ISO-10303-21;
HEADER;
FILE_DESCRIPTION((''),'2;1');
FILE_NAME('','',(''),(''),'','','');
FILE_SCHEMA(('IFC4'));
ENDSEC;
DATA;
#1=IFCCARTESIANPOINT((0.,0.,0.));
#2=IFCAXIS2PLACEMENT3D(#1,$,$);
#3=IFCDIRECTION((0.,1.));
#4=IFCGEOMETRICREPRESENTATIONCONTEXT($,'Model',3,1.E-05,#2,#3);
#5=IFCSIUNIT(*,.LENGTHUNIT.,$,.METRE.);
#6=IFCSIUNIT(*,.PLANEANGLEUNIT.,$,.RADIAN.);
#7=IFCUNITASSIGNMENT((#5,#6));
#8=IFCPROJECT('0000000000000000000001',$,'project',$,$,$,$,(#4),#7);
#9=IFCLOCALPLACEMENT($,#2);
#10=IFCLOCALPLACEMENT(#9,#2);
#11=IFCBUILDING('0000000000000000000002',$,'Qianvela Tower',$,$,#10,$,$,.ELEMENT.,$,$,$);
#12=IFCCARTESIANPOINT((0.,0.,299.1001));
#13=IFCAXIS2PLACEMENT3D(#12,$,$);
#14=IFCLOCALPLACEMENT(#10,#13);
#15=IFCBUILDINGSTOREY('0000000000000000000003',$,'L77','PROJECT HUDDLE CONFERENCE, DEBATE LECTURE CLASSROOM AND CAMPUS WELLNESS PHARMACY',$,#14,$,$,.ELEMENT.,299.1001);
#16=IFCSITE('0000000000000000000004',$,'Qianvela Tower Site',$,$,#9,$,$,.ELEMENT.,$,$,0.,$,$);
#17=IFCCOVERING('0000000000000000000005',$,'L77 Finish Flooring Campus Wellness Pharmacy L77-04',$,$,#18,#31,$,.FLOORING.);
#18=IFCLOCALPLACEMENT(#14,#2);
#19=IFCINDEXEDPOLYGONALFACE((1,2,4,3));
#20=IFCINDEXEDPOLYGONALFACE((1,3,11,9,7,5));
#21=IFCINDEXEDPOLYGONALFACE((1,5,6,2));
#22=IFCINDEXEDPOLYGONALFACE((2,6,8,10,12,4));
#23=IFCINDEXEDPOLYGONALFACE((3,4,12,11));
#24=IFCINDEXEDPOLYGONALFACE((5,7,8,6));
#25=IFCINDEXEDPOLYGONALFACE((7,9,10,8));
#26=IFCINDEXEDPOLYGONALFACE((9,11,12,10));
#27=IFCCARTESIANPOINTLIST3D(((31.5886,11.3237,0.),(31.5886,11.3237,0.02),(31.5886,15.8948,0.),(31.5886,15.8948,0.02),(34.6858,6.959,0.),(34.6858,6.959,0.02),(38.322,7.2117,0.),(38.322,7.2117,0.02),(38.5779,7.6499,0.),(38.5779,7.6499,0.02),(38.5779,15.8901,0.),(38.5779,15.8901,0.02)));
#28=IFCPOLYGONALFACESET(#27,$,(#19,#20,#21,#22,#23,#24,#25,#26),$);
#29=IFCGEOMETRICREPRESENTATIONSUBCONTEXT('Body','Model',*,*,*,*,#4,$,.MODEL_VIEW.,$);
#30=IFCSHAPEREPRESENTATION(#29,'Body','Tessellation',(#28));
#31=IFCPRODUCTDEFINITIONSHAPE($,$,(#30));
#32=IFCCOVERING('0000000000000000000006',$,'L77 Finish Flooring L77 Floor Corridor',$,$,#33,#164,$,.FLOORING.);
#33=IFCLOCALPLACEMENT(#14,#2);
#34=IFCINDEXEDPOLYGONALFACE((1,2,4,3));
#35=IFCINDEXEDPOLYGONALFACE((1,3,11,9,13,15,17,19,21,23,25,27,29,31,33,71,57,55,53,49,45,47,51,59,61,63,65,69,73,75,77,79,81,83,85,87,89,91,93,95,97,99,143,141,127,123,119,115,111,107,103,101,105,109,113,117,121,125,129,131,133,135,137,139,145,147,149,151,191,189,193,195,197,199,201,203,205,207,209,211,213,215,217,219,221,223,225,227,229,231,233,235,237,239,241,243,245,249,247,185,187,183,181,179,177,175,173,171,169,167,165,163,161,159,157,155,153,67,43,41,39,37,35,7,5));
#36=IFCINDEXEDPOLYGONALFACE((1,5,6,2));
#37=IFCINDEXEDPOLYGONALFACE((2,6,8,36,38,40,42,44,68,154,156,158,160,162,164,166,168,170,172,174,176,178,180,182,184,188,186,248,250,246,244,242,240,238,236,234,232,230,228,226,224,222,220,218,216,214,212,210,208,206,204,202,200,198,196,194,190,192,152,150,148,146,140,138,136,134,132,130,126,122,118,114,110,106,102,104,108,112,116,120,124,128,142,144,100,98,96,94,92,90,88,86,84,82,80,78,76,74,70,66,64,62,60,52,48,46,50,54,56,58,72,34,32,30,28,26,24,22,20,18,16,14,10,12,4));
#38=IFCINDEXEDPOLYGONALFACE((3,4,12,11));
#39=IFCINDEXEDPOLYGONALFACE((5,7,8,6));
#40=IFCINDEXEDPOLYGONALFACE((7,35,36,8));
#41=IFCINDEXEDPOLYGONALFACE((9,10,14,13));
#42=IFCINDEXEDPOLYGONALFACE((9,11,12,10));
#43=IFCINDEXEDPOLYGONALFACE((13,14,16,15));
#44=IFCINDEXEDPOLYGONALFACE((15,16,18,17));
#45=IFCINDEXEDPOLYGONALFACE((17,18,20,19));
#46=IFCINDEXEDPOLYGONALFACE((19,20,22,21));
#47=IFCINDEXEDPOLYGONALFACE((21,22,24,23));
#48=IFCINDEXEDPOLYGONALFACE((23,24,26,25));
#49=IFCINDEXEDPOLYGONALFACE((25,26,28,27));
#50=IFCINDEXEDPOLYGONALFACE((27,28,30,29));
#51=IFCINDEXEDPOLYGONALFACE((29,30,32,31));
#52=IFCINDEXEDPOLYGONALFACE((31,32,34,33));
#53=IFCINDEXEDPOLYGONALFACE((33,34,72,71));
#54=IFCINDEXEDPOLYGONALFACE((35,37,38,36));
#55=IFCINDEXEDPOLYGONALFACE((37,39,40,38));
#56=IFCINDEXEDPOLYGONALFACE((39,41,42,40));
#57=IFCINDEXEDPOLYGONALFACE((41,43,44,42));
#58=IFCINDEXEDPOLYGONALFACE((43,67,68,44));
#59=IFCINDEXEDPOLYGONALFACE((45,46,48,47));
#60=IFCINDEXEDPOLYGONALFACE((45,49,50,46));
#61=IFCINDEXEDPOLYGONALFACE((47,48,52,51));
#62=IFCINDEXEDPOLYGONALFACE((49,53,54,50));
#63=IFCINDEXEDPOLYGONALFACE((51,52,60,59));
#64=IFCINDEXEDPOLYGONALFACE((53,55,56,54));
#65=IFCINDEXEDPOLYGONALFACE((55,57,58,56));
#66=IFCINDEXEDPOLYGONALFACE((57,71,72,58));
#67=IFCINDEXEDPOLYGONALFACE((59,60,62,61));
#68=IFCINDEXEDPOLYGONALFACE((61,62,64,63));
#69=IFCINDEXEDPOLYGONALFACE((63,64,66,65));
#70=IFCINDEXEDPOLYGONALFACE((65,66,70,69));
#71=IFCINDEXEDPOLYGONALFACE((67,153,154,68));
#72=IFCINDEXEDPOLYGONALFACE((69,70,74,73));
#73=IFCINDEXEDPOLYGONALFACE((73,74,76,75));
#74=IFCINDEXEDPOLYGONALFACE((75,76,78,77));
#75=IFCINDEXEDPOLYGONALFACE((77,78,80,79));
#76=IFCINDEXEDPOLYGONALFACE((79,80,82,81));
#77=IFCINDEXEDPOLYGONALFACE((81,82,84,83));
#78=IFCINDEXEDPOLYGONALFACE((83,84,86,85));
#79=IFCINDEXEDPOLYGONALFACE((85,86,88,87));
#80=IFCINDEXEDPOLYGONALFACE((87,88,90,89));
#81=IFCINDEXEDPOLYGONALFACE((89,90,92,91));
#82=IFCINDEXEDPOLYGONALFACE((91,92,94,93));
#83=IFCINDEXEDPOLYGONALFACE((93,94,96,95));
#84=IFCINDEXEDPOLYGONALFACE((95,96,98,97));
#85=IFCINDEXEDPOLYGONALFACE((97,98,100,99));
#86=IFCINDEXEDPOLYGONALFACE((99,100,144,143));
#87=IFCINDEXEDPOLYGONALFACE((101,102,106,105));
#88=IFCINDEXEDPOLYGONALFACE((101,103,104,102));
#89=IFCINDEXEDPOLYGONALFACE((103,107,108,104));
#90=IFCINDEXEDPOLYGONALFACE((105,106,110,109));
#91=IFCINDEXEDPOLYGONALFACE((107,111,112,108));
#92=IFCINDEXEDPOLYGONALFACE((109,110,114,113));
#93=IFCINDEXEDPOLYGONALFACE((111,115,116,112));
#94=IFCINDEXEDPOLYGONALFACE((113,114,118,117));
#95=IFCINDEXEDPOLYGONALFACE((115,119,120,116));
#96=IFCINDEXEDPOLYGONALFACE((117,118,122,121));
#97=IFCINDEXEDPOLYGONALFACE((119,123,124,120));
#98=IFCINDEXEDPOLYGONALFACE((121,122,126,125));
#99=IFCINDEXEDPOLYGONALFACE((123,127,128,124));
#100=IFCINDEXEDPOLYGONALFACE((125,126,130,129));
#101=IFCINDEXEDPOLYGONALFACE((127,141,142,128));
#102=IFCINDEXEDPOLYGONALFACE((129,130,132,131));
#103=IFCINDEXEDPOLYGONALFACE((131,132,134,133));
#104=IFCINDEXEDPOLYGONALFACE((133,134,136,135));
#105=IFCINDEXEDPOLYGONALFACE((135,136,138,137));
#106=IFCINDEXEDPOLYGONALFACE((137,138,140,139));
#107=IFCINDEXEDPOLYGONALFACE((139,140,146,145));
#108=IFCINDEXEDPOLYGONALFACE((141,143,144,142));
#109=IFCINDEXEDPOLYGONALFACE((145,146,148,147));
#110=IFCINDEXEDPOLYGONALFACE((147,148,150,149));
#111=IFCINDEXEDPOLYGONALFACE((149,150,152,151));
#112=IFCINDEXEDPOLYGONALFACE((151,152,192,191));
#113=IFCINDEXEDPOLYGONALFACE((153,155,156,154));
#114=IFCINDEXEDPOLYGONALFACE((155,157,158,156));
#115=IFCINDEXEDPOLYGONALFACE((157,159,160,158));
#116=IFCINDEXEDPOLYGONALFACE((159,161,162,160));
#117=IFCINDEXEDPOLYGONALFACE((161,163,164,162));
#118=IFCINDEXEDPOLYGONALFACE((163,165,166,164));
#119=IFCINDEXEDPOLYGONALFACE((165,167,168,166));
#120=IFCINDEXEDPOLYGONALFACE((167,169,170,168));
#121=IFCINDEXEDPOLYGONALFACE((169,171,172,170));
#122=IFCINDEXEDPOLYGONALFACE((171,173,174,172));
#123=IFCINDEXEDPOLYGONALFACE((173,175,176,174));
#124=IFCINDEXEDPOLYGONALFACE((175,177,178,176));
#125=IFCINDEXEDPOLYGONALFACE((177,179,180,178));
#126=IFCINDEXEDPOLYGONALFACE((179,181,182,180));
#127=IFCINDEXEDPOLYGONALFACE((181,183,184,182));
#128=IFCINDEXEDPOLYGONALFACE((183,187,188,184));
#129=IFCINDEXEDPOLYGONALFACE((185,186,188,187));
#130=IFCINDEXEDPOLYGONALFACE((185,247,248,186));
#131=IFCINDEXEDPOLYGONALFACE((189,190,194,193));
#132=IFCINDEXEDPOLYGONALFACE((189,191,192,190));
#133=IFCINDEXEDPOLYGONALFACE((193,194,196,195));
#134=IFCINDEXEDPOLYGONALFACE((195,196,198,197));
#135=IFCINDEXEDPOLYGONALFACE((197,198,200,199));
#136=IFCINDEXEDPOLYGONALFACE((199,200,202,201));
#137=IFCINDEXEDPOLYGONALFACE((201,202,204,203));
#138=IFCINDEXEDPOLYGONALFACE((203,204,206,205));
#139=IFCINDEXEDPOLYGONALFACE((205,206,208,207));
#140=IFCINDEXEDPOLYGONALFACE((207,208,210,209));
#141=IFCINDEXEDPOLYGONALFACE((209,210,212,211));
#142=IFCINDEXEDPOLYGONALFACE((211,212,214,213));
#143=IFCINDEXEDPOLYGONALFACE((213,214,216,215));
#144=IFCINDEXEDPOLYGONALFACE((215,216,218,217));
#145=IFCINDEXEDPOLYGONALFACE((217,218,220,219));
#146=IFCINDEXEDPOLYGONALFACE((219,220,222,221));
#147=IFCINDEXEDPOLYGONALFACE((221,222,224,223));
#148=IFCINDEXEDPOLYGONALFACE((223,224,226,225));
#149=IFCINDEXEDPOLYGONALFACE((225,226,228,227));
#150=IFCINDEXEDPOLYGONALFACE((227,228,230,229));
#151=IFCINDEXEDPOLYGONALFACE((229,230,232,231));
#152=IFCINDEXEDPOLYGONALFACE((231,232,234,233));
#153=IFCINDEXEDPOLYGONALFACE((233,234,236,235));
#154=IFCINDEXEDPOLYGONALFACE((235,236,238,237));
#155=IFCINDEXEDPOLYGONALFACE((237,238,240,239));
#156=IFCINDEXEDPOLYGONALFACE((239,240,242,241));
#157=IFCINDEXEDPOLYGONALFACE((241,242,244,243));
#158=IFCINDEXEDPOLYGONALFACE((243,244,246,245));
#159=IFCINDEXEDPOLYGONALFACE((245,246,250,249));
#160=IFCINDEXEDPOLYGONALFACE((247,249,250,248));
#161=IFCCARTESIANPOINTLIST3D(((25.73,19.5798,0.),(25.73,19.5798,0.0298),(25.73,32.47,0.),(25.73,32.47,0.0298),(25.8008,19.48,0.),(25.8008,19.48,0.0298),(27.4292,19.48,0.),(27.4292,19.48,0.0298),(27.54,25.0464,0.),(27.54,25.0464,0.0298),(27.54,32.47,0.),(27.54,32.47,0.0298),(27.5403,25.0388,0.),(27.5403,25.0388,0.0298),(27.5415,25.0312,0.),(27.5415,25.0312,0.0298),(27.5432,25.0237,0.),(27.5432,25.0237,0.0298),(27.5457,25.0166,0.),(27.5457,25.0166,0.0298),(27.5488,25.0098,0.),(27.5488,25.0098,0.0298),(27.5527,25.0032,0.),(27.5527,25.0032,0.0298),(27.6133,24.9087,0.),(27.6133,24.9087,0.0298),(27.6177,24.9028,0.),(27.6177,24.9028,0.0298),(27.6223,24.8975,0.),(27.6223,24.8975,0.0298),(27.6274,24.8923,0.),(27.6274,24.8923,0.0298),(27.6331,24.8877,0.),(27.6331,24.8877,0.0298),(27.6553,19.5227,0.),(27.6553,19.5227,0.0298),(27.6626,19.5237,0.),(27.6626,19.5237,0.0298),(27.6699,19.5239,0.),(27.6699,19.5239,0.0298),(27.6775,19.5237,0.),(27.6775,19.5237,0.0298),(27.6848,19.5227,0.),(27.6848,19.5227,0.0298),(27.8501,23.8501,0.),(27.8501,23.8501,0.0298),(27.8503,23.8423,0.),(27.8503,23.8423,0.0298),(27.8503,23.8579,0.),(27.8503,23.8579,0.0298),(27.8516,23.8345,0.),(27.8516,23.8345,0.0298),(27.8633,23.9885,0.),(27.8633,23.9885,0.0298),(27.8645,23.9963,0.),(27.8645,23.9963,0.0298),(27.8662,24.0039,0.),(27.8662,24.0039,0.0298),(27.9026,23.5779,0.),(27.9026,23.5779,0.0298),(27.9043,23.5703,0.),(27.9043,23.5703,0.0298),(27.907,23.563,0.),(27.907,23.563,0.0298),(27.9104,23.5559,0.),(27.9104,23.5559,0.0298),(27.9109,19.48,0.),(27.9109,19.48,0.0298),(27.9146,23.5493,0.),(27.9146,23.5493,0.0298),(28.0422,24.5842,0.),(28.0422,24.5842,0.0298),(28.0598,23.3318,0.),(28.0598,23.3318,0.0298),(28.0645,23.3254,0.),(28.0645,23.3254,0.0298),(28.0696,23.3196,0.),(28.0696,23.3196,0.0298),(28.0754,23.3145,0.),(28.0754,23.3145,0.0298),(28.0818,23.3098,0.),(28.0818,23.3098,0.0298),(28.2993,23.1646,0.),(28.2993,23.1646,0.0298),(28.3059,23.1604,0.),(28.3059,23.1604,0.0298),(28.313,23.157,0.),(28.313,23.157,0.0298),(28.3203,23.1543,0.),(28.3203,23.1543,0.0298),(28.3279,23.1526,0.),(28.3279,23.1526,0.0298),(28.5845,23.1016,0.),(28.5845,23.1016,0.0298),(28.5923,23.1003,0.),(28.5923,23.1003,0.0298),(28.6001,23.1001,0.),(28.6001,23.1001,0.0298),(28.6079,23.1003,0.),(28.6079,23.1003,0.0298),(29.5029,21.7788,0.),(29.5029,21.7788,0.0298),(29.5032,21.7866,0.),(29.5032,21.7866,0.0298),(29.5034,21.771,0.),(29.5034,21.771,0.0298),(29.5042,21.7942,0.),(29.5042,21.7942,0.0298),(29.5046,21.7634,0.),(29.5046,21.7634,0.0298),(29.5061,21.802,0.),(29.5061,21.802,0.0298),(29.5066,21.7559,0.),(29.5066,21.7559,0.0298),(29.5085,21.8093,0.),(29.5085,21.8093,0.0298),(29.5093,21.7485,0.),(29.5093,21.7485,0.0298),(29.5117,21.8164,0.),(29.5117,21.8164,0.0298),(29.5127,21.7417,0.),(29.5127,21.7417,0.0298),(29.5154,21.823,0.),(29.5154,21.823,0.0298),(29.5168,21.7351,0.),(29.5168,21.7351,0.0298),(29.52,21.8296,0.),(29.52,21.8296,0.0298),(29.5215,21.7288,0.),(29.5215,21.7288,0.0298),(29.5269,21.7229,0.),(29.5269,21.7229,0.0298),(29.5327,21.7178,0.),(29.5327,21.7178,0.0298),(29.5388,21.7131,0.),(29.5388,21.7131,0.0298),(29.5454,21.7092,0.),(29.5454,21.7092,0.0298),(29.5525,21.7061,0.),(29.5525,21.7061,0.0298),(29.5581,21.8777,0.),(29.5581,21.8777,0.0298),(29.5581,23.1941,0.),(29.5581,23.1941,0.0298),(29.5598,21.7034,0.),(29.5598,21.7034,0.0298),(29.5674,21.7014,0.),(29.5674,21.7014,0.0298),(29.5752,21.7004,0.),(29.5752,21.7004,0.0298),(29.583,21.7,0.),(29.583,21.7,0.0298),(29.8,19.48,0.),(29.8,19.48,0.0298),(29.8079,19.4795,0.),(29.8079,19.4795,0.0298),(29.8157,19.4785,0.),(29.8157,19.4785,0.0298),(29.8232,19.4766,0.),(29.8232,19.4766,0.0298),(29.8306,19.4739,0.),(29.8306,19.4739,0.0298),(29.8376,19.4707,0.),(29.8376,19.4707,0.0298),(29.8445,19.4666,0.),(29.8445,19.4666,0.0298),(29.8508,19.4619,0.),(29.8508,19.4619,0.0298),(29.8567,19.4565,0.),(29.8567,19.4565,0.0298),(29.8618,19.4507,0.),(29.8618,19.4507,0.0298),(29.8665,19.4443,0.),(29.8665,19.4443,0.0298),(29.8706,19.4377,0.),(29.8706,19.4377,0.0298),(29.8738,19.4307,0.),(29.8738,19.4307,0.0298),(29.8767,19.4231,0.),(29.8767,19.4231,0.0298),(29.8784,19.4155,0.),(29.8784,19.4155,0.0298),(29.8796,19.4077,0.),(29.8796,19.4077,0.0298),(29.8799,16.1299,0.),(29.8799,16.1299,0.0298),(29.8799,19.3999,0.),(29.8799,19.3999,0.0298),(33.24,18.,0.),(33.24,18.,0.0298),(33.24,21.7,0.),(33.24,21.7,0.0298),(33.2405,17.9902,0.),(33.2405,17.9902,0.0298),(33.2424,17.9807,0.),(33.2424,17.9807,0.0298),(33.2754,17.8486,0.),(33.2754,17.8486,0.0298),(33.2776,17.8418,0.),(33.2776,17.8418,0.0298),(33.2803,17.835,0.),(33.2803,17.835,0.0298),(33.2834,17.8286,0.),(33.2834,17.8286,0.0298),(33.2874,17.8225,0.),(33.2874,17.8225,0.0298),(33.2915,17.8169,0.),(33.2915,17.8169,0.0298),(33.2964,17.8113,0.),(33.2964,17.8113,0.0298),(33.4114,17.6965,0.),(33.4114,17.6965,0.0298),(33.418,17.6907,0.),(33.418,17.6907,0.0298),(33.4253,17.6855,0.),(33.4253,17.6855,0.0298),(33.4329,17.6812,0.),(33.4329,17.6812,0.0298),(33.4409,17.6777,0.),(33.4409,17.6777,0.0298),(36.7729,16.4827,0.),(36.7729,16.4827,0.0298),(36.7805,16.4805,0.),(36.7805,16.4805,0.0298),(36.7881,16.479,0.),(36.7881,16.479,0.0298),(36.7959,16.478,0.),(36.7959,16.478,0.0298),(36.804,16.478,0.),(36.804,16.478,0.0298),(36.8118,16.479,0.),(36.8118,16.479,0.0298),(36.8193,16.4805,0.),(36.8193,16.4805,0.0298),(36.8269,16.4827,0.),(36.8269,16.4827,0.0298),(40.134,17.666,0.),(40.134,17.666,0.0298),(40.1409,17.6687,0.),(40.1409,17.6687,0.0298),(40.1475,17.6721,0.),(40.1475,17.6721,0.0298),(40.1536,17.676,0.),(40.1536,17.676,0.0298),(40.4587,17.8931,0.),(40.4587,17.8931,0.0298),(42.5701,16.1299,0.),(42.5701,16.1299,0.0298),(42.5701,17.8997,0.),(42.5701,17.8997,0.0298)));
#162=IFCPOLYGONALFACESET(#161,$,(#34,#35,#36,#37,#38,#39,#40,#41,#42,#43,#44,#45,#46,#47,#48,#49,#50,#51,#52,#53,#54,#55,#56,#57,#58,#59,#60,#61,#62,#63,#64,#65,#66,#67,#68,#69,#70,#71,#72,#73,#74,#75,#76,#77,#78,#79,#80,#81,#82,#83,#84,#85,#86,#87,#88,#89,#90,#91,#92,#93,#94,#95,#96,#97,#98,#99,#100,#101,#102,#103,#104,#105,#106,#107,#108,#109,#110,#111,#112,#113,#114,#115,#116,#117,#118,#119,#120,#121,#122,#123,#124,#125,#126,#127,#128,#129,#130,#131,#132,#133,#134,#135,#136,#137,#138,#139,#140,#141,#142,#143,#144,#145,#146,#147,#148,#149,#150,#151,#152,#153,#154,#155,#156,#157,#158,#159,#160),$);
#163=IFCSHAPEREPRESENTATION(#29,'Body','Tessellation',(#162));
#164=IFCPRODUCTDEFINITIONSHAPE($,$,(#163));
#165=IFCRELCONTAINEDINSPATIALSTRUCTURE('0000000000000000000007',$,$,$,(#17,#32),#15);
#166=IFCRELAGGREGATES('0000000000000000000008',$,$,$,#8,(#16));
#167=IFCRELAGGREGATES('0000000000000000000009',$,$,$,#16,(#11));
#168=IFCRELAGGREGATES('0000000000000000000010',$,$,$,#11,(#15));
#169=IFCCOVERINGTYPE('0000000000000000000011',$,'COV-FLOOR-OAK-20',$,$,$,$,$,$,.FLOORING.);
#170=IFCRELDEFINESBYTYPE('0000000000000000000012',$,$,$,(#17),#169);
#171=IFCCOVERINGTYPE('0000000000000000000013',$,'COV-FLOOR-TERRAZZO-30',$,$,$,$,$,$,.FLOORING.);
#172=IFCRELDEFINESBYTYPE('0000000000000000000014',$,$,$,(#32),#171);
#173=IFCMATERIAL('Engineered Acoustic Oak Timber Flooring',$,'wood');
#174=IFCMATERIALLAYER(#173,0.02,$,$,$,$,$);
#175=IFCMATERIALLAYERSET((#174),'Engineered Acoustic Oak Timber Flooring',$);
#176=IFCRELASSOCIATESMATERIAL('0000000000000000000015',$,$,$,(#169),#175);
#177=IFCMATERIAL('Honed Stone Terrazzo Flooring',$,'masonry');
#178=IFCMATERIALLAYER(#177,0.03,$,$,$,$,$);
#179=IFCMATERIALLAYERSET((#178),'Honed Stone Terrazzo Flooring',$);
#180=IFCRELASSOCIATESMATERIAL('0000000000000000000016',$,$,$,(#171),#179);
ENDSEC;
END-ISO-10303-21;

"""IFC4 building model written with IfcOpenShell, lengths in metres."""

from ifc_helpers import new_model, si_unit, direction, frame, origin, place, context, subcontext, project, spatial, polyline, outline, extrude, material, layer, layer_set, type_object, element, save


model = new_model("IFC4")

# Units and contexts
model_context = context("Model", 3, precision=1e-05, world=origin(), true_north=direction((0.0, 1.0)))
body_context = subcontext(model_context, "Body", "Model", "MODEL_VIEW")
ifc_project = project(units=[si_unit("LENGTHUNIT", "METRE"), si_unit("PLANEANGLEUNIT", "RADIAN")], contexts=[model_context])

# Site, building, storey
site_placement = place(None, origin())
site = spatial("IfcSite", under=ifc_project, at=site_placement, Name="Qianvela Tower Site", CompositionType="ELEMENT", RefElevation=0.0)
building_placement = place(site_placement, origin())
building = spatial("IfcBuilding", under=site, at=building_placement, Name="Qianvela Tower", CompositionType="ELEMENT")
storey_placement = place(building_placement, frame((0.0, 0.0, 299.1001)))
storey = spatial("IfcBuildingStorey", under=building, at=storey_placement, Name="L77", Description="PROJECT HUDDLE CONFERENCE, DEBATE LECTURE CLASSROOM AND CAMPUS WELLNESS PHARMACY", CompositionType="ELEMENT", Elevation=299.1001)

# Coverings
ifc_material_1 = material(Name="Engineered Acoustic Oak Timber Flooring", Category="wood")
ifc_layer_1 = layer(ifc_material_1, 0.02)
ifc_layer_set_1 = layer_set([ifc_layer_1], Name="Engineered Acoustic Oak Timber Flooring")
covering_type_1 = type_object("IfcCoveringType", Name="COV-FLOOR-OAK-20", PredefinedType="FLOORING", material=ifc_layer_set_1)
covering_1_placement = place(storey_placement, origin())
element("IfcCovering", 1, at=covering_1_placement, inside=storey, type_object=covering_type_1, Name="L77 Finish Flooring Campus Wellness Pharmacy L77-04", PredefinedType="FLOORING", context=body_context, shape_type="SweptSolid", body=[
    extrude(outline(polyline([(38.5779, 7.6499), (38.322, 7.2117), (34.6858, 6.959), (31.5886, 11.3237), (31.5886, 15.8948), (38.5779, 15.8901), (38.5779, 7.6499)])), origin(), (0.0, 0.0, 1.0), 0.02),
])
ifc_material_2 = material(Name="Honed Stone Terrazzo Flooring", Category="masonry")
ifc_layer_2 = layer(ifc_material_2, 0.03)
ifc_layer_set_2 = layer_set([ifc_layer_2], Name="Honed Stone Terrazzo Flooring")
covering_type_2 = type_object("IfcCoveringType", Name="COV-FLOOR-TERRAZZO-30", PredefinedType="FLOORING", material=ifc_layer_set_2)
covering_2_placement = place(storey_placement, origin())
element("IfcCovering", 2, at=covering_2_placement, inside=storey, type_object=covering_type_2, Name="L77 Finish Flooring L77 Floor Corridor", PredefinedType="FLOORING", context=body_context, shape_type="SweptSolid", body=[
    extrude(outline(polyline([(25.73, 32.47), (27.54, 32.47), (27.54, 25.0464), (27.5403, 25.0388), (27.5415, 25.0312), (27.5432, 25.0237), (27.5457, 25.0166), (27.5488, 25.0098), (27.5527, 25.0032), (27.6133, 24.9087), (27.6177, 24.9028), (27.6223, 24.8975), (27.6274, 24.8923), (27.6331, 24.8877), (28.0422, 24.5842), (27.8662, 24.0039), (27.8645, 23.9963), (27.8633, 23.9885), (27.8503, 23.8579), (27.8501, 23.8501), (27.8503, 23.8423), (27.8516, 23.8345), (27.9026, 23.5779), (27.9043, 23.5703), (27.907, 23.563), (27.9104, 23.5559), (27.9146, 23.5493), (28.0598, 23.3318), (28.0645, 23.3254), (28.0696, 23.3196), (28.0754, 23.3145), (28.0818, 23.3098), (28.2993, 23.1646), (28.3059, 23.1604), (28.313, 23.157), (28.3203, 23.1543), (28.3279, 23.1526), (28.5845, 23.1016), (28.5923, 23.1003), (28.6001, 23.1001), (28.6079, 23.1003), (29.5581, 23.1941), (29.5581, 21.8777), (29.52, 21.8296), (29.5154, 21.823), (29.5117, 21.8164), (29.5085, 21.8093), (29.5061, 21.802), (29.5042, 21.7942), (29.5032, 21.7866), (29.5029, 21.7788), (29.5034, 21.771), (29.5046, 21.7634), (29.5066, 21.7559), (29.5093, 21.7485), (29.5127, 21.7417), (29.5168, 21.7351), (29.5215, 21.7288), (29.5269, 21.7229), (29.5327, 21.7178), (29.5388, 21.7131), (29.5454, 21.7092), (29.5525, 21.7061), (29.5598, 21.7034), (29.5674, 21.7014), (29.5752, 21.7004), (29.583, 21.7), (33.24, 21.7), (33.24, 18.0), (33.2405, 17.9902), (33.2424, 17.9807), (33.2754, 17.8486), (33.2776, 17.8418), (33.2803, 17.835), (33.2834, 17.8286), (33.2874, 17.8225), (33.2915, 17.8169), (33.2964, 17.8113), (33.4114, 17.6965), (33.418, 17.6907), (33.4253, 17.6855), (33.4329, 17.6812), (33.4409, 17.6777), (36.7729, 16.4827), (36.7805, 16.4805), (36.7881, 16.479), (36.7959, 16.478), (36.804, 16.478), (36.8118, 16.479), (36.8193, 16.4805), (36.8269, 16.4827), (40.134, 17.666), (40.1409, 17.6687), (40.1475, 17.6721), (40.1536, 17.676), (40.4587, 17.8931), (42.5701, 17.8997), (42.5701, 16.1299), (29.8799, 16.1299), (29.8799, 19.3999), (29.8796, 19.4077), (29.8784, 19.4155), (29.8767, 19.4231), (29.8738, 19.4307), (29.8706, 19.4377), (29.8665, 19.4443), (29.8618, 19.4507), (29.8567, 19.4565), (29.8508, 19.4619), (29.8445, 19.4666), (29.8376, 19.4707), (29.8306, 19.4739), (29.8232, 19.4766), (29.8157, 19.4785), (29.8079, 19.4795), (29.8, 19.48), (27.9109, 19.48), (27.6848, 19.5227), (27.6775, 19.5237), (27.6699, 19.5239), (27.6626, 19.5237), (27.6553, 19.5227), (27.4292, 19.48), (25.8008, 19.48), (25.73, 19.5798), (25.73, 32.47)])), origin(), (0.0, 0.0, 1.0), 0.0298),
])

save(model, "model.ifc")
